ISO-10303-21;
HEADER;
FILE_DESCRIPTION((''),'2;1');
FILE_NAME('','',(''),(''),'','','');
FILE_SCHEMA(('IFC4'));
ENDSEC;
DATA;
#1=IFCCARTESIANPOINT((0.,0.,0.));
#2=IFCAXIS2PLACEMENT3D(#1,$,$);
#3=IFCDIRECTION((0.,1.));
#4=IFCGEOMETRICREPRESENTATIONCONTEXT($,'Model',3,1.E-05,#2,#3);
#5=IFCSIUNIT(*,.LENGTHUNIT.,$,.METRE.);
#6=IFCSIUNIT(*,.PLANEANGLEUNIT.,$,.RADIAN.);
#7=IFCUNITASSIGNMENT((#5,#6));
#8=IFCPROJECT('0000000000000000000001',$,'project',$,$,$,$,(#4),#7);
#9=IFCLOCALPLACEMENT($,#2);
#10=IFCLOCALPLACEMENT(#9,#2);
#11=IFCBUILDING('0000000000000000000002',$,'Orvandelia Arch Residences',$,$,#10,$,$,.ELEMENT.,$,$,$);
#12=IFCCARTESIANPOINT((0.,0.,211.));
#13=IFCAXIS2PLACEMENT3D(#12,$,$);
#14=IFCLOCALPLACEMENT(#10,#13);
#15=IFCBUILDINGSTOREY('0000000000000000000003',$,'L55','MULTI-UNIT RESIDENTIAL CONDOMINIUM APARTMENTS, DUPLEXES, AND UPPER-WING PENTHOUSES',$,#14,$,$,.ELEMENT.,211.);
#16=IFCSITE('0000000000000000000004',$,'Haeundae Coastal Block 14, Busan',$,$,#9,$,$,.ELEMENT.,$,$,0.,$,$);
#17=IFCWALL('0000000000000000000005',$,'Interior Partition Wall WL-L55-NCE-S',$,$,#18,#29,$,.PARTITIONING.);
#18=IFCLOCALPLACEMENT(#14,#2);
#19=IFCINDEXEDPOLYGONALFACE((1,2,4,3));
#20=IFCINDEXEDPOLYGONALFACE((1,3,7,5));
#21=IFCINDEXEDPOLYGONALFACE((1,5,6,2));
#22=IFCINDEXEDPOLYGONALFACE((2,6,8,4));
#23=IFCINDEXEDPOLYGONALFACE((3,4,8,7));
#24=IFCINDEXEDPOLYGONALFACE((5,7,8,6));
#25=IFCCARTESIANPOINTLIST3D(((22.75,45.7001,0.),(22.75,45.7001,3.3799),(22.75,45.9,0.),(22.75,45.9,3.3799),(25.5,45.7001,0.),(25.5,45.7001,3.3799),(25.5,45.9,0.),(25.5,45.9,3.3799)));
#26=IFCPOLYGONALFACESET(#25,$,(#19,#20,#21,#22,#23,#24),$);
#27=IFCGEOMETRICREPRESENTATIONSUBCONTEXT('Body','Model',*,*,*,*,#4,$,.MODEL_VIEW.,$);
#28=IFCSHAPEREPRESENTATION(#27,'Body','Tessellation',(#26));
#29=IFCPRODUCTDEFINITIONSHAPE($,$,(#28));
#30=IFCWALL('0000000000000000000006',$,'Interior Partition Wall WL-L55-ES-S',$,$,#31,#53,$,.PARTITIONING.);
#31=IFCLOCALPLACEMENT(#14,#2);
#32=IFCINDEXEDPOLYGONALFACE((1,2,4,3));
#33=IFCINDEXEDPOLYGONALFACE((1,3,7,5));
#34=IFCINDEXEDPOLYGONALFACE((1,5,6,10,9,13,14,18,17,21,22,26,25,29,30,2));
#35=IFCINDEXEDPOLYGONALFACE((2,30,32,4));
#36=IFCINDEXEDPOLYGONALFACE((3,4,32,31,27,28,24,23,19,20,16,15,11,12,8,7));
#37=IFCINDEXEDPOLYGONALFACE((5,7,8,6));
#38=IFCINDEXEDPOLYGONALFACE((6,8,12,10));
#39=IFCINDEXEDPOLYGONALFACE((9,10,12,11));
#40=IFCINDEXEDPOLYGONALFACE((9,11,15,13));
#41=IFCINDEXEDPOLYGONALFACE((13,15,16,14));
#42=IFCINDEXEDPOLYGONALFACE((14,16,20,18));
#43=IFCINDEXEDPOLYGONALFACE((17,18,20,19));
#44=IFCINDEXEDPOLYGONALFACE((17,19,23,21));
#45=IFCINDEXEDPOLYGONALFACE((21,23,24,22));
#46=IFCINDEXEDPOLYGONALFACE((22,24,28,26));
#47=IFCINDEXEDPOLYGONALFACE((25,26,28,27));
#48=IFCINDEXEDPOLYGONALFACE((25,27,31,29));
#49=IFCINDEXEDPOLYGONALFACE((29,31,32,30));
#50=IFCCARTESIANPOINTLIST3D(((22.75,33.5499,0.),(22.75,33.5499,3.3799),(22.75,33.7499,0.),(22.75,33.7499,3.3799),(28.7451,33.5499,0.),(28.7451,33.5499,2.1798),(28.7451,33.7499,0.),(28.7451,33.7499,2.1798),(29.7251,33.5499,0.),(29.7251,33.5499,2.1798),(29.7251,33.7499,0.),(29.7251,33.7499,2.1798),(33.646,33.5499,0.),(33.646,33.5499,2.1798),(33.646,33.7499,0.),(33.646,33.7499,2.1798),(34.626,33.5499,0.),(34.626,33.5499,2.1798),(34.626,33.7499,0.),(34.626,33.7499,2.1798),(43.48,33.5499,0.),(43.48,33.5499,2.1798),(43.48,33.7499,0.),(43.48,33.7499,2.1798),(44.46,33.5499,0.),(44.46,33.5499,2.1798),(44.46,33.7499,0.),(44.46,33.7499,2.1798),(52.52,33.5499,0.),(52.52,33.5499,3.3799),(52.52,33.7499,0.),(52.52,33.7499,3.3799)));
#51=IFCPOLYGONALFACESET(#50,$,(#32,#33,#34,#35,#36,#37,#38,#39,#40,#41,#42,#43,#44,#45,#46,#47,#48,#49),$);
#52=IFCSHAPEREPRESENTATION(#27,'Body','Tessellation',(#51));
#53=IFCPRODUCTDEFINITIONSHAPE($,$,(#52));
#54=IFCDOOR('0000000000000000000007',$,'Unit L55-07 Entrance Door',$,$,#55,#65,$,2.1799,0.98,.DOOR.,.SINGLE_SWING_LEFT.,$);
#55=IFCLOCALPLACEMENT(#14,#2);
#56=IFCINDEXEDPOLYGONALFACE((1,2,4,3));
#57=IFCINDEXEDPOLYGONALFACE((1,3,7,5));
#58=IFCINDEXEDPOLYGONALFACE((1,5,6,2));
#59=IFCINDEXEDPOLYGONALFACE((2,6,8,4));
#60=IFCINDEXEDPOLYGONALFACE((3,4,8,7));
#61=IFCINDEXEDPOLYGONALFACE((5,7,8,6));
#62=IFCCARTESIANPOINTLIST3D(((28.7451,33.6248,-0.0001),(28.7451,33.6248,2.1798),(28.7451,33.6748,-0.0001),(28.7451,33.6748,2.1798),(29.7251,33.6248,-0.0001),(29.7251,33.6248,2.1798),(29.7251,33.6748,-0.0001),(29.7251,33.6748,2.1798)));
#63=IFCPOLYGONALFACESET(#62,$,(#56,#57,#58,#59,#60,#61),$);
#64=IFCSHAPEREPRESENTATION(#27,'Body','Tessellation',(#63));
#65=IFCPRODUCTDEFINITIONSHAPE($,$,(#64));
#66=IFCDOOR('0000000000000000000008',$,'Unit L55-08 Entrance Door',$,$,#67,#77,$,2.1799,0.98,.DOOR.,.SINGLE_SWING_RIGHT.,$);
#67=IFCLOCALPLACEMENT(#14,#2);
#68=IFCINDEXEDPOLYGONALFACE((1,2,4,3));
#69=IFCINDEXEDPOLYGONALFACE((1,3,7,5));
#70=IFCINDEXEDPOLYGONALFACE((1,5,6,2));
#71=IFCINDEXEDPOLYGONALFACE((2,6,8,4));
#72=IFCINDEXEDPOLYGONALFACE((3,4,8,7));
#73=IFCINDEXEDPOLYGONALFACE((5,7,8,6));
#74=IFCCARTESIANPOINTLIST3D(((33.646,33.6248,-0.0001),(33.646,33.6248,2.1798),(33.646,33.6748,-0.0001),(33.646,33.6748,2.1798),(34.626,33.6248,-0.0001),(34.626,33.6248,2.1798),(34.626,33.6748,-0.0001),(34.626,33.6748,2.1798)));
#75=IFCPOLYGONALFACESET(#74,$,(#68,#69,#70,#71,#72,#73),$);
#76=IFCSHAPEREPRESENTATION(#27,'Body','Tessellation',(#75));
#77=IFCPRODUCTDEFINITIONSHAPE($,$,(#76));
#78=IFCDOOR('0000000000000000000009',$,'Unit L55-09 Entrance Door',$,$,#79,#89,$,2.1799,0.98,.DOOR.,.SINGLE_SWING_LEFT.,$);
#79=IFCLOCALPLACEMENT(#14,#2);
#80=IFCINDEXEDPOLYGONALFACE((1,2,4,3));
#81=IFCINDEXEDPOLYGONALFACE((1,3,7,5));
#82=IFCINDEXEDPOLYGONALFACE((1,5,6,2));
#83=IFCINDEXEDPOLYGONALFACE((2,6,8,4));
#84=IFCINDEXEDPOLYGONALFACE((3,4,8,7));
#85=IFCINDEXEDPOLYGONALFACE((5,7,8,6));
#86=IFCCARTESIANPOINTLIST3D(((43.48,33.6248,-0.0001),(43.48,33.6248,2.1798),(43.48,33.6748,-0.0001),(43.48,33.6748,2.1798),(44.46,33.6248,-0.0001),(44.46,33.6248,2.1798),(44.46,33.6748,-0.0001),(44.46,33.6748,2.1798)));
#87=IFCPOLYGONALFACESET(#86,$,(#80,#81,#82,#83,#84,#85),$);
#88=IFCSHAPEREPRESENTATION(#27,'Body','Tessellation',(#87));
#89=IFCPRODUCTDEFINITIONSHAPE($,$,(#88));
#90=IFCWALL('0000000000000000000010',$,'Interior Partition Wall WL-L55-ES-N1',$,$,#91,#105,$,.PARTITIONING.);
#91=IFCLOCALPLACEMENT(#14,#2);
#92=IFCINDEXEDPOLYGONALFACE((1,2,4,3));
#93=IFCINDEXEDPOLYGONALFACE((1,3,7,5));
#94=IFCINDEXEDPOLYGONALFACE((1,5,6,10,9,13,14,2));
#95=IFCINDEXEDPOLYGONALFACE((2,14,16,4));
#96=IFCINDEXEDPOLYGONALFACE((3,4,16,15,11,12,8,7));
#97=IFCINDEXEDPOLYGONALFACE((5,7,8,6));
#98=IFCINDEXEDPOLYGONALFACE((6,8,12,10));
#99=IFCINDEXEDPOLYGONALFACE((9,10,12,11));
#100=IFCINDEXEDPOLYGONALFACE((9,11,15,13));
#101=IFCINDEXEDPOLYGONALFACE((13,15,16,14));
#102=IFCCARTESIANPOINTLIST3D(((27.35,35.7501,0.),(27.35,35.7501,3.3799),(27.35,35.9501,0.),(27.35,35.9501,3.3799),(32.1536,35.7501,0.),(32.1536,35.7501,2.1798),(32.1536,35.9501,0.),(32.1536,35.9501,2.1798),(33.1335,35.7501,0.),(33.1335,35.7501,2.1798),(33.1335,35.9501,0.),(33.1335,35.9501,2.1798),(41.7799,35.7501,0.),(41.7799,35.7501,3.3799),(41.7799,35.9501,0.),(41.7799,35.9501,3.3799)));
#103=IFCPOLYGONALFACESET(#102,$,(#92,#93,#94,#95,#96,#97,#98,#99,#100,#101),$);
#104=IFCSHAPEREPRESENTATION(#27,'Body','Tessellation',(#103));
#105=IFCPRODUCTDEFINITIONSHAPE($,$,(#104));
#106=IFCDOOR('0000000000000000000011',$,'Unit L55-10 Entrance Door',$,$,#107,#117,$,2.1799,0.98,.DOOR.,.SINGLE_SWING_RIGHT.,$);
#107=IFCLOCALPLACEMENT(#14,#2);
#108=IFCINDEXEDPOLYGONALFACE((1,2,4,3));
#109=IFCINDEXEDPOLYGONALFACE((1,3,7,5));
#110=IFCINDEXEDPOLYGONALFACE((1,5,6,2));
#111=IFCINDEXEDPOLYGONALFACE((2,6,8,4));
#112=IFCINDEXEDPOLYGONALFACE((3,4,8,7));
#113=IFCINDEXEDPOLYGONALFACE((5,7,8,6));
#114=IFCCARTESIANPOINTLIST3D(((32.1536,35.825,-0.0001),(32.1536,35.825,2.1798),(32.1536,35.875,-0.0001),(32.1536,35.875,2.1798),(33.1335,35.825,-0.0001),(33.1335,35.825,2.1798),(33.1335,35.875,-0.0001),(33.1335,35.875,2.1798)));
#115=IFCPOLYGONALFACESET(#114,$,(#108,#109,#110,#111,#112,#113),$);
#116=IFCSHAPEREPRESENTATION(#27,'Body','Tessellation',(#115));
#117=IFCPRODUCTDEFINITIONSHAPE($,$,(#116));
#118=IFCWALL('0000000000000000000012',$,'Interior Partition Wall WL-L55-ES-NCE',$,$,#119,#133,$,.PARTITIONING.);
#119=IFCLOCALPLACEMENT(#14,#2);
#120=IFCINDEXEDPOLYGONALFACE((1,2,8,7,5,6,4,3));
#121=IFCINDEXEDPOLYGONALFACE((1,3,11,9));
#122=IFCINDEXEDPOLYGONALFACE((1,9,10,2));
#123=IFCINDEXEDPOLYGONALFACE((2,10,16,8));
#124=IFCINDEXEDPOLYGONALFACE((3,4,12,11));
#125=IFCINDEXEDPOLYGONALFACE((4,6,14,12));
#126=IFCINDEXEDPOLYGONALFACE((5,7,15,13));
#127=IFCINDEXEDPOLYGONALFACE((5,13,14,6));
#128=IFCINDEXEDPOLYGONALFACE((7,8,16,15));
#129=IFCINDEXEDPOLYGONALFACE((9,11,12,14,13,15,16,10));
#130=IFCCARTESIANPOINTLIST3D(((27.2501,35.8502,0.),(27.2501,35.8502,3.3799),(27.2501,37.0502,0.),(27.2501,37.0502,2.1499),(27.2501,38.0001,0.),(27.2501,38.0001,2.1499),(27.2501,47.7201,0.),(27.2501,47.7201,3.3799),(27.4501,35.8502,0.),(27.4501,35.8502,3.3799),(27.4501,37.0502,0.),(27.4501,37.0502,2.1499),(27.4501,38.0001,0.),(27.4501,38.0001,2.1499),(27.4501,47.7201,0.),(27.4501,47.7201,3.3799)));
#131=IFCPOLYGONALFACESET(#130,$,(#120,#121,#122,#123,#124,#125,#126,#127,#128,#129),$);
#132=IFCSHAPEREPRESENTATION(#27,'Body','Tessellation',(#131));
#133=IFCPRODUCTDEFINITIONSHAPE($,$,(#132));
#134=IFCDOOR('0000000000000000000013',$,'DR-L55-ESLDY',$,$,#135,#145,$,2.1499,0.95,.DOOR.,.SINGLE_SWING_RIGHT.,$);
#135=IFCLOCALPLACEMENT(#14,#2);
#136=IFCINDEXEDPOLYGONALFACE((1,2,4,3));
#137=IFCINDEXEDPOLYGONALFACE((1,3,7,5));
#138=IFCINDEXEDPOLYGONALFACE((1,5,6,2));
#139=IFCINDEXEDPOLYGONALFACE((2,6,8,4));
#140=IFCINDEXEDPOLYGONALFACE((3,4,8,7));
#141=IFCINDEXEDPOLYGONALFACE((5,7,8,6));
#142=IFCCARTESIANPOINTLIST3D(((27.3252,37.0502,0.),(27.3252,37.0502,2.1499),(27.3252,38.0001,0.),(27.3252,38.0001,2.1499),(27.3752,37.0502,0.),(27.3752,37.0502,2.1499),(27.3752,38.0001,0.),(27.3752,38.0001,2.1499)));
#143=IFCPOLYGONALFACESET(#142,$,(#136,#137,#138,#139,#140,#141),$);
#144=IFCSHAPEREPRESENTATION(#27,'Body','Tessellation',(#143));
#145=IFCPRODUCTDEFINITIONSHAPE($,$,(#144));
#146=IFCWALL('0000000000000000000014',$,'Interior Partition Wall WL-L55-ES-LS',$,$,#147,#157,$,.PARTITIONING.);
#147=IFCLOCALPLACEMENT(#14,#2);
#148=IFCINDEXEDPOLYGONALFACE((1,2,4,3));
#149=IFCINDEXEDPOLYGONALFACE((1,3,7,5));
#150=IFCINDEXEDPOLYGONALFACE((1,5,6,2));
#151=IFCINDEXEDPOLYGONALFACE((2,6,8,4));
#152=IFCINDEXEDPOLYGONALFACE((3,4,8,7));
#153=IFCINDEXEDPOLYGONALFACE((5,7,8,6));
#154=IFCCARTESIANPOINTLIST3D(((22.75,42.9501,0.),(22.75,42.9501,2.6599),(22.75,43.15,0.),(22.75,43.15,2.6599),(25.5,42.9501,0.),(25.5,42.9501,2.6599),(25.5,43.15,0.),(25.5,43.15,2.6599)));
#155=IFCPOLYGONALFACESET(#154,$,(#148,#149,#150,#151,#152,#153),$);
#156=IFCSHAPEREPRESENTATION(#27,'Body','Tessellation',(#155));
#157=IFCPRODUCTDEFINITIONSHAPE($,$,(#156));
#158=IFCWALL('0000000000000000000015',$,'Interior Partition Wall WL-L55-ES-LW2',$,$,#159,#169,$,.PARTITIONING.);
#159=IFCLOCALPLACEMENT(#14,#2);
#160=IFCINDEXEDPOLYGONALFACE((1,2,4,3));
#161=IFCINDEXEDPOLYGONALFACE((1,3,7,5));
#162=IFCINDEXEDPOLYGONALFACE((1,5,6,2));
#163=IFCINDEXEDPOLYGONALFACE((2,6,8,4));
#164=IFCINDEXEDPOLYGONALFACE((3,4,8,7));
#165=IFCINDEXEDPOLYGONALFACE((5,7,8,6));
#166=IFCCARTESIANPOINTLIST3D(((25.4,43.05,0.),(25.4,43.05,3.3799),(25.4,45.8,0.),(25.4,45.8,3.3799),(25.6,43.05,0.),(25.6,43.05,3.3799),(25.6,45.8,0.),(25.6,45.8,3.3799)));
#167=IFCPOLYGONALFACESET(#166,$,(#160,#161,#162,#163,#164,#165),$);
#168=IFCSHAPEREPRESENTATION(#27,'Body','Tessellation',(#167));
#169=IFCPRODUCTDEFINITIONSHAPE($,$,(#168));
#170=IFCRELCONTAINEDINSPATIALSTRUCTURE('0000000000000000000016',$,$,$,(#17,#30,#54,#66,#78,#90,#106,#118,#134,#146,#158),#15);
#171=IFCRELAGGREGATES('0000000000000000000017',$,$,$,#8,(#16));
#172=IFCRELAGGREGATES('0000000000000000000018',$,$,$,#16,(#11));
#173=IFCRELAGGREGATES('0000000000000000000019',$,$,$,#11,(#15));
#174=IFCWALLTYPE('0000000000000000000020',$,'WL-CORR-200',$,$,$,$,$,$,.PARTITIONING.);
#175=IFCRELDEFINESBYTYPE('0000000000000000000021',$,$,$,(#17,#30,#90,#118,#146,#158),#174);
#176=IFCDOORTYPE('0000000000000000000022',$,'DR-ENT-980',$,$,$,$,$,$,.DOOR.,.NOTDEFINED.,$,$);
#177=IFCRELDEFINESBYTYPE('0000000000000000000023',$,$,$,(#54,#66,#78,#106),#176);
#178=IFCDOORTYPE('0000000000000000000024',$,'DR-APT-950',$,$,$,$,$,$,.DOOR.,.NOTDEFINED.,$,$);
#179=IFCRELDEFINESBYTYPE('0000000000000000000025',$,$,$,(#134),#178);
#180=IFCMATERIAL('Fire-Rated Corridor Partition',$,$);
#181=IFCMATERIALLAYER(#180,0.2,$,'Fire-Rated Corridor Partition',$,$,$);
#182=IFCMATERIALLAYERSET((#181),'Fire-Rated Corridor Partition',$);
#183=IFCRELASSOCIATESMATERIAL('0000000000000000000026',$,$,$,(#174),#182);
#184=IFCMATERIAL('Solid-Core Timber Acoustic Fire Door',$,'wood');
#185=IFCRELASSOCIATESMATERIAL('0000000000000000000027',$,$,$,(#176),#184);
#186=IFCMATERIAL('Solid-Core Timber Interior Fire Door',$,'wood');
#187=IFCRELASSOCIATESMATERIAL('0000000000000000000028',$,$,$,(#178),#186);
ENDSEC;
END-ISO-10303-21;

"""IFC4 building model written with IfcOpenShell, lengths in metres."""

from ifc_helpers import new_model, si_unit, direction, frame, frame_2d, origin, place, context, subcontext, project, spatial, rectangle, extrude, material, layer, layer_set, type_object, element, fill, save


model = new_model("IFC4")

# Units and contexts
model_context = context("Model", 3, precision=1e-05, world=origin(), true_north=direction((0.0, 1.0)))
body_context = subcontext(model_context, "Body", "Model", "MODEL_VIEW")
ifc_project = project(units=[si_unit("LENGTHUNIT", "METRE"), si_unit("PLANEANGLEUNIT", "RADIAN")], contexts=[model_context])

# Site, building, storey
site_placement = place(None, origin())
site = spatial("IfcSite", under=ifc_project, at=site_placement, Name="Haeundae Coastal Block 14, Busan", CompositionType="ELEMENT", RefElevation=0.0)
building_placement = place(site_placement, origin())
building = spatial("IfcBuilding", under=site, at=building_placement, Name="Orvandelia Arch Residences", CompositionType="ELEMENT")
storey_placement = place(building_placement, frame((0.0, 0.0, 211.0)))
storey = spatial("IfcBuildingStorey", under=building, at=storey_placement, Name="L55", Description="MULTI-UNIT RESIDENTIAL CONDOMINIUM APARTMENTS, DUPLEXES, AND UPPER-WING PENTHOUSES", CompositionType="ELEMENT", Elevation=211.0)

# Wall
ifc_material_1 = material(Name="Fire-Rated Corridor Partition")
ifc_layer_1 = layer(ifc_material_1, 0.2, Name="Fire-Rated Corridor Partition")
ifc_layer_set_1 = layer_set([ifc_layer_1], Name="Fire-Rated Corridor Partition")
wall_type_1 = type_object("IfcWallType", Name="WL-CORR-200", PredefinedType="PARTITIONING", material=ifc_layer_set_1)
wall_1_placement = place(storey_placement, frame((22.75, 45.8, 0.0), z_axis=(0.0, 0.0, 1.0), x_axis=(1.0, 0.0, 0.0)))
element("IfcWall", 1, at=wall_1_placement, inside=storey, type_object=wall_type_1, Name="Interior Partition Wall WL-L55-NCE-S", PredefinedType="PARTITIONING", context=body_context, shape_type="SweptSolid", body=[
    extrude(rectangle(XDim=2.75, YDim=0.2, at=frame_2d((1.375, 0.0))), origin(), (0.0, 0.0, 1.0), 3.3799),
])

# Wall, openings, doors
wall_2_placement = place(storey_placement, frame((22.75, 33.6499, 0.0), z_axis=(0.0, 0.0, 1.0), x_axis=(1.0, 0.0, 0.0)))
wall_2 = element("IfcWall", 2, at=wall_2_placement, inside=storey, type_object=wall_type_1, Name="Interior Partition Wall WL-L55-ES-S", PredefinedType="PARTITIONING", context=body_context, shape_type="SweptSolid", body=[
    extrude(rectangle(XDim=29.77, YDim=0.2, at=frame_2d((14.885, 0.0))), origin(), (0.0, 0.0, 1.0), 3.3799),
])
opening_1_placement = place(wall_2_placement, frame((5.9951, 0.0, 0.0)))
opening_1 = element("IfcOpeningElement", 3, at=opening_1_placement, cuts=wall_2, PredefinedType="OPENING", context=body_context, shape_type="SweptSolid", body=[
    extrude(rectangle(XDim=0.98, YDim=2.1799, at=frame_2d((0.49, 1.0898))), frame((0.0, 0.1099, 0.0), z_axis=(0.0, -1.0, 0.0), x_axis=(1.0, 0.0, 0.0)), (0.0, 0.0, 1.0), 0.22),
])
opening_2_placement = place(wall_2_placement, frame((10.896, 0.0, 0.0)))
opening_2 = element("IfcOpeningElement", 4, at=opening_2_placement, cuts=wall_2, PredefinedType="OPENING", context=body_context, shape_type="SweptSolid", body=[
    extrude(rectangle(XDim=0.98, YDim=2.1799, at=frame_2d((0.49, 1.0898))), frame((0.0, 0.1099, 0.0), z_axis=(0.0, -1.0, 0.0), x_axis=(1.0, 0.0, 0.0)), (0.0, 0.0, 1.0), 0.22),
])
opening_3_placement = place(wall_2_placement, frame((20.73, 0.0, 0.0)))
opening_3 = element("IfcOpeningElement", 5, at=opening_3_placement, cuts=wall_2, PredefinedType="OPENING", context=body_context, shape_type="SweptSolid", body=[
    extrude(rectangle(XDim=0.98, YDim=2.1799, at=frame_2d((0.49, 1.0898))), frame((0.0, 0.1099, 0.0), z_axis=(0.0, -1.0, 0.0), x_axis=(1.0, 0.0, 0.0)), (0.0, 0.0, 1.0), 0.22),
])
ifc_material_2 = material(Name="Solid-Core Timber Acoustic Fire Door", Category="wood")
door_type_1 = type_object("IfcDoorType", Name="DR-ENT-980", OperationType="NOTDEFINED", PredefinedType="DOOR", material=ifc_material_2)
door_1_placement = place(opening_1_placement, origin())
door_1 = element("IfcDoor", 6, at=door_1_placement, inside=storey, type_object=door_type_1, Name="Unit L55-07 Entrance Door", OperationType="SINGLE_SWING_LEFT", OverallHeight=2.1799, OverallWidth=0.98, PredefinedType="DOOR", context=body_context, shape_type="SweptSolid", body=[
    extrude(rectangle(XDim=0.98, YDim=2.1799, at=frame_2d((0.49, 1.0898))), frame((0.0, 0.0249, 0.0), z_axis=(0.0, -1.0, 0.0), x_axis=(1.0, 0.0, 0.0)), (0.0, 0.0, 1.0), 0.05),
])
fill(opening_1, door_1)
door_2_placement = place(opening_2_placement, origin())
door_2 = element("IfcDoor", 7, at=door_2_placement, inside=storey, type_object=door_type_1, Name="Unit L55-08 Entrance Door", OperationType="SINGLE_SWING_RIGHT", OverallHeight=2.1799, OverallWidth=0.98, PredefinedType="DOOR", context=body_context, shape_type="SweptSolid", body=[
    extrude(rectangle(XDim=0.98, YDim=2.1799, at=frame_2d((0.49, 1.0898))), frame((0.0, 0.0249, 0.0), z_axis=(0.0, -1.0, 0.0), x_axis=(1.0, 0.0, 0.0)), (0.0, 0.0, 1.0), 0.05),
])
fill(opening_2, door_2)
door_3_placement = place(opening_3_placement, origin())
door_3 = element("IfcDoor", 8, at=door_3_placement, inside=storey, type_object=door_type_1, Name="Unit L55-09 Entrance Door", OperationType="SINGLE_SWING_LEFT", OverallHeight=2.1799, OverallWidth=0.98, PredefinedType="DOOR", context=body_context, shape_type="SweptSolid", body=[
    extrude(rectangle(XDim=0.98, YDim=2.1799, at=frame_2d((0.49, 1.0898))), frame((0.0, 0.0249, 0.0), z_axis=(0.0, -1.0, 0.0), x_axis=(1.0, 0.0, 0.0)), (0.0, 0.0, 1.0), 0.05),
])
fill(opening_3, door_3)

# Walls, openings, doors
wall_3_placement = place(storey_placement, frame((27.3501, 35.8501, 0.0), z_axis=(0.0, 0.0, 1.0), x_axis=(1.0, 0.0, 0.0)))
wall_3 = element("IfcWall", 9, at=wall_3_placement, inside=storey, type_object=wall_type_1, Name="Interior Partition Wall WL-L55-ES-N1", PredefinedType="PARTITIONING", context=body_context, shape_type="SweptSolid", body=[
    extrude(rectangle(XDim=14.4299, YDim=0.2, at=frame_2d((7.2148, 0.0))), origin(), (0.0, 0.0, 1.0), 3.3799),
])
opening_4_placement = place(wall_3_placement, frame((4.8035, 0.0, 0.0)))
opening_4 = element("IfcOpeningElement", 10, at=opening_4_placement, cuts=wall_3, PredefinedType="OPENING", context=body_context, shape_type="SweptSolid", body=[
    extrude(rectangle(XDim=0.98, YDim=2.1799, at=frame_2d((0.49, 1.0898))), frame((0.0, 0.1099, 0.0), z_axis=(0.0, -1.0, 0.0), x_axis=(1.0, 0.0, 0.0)), (0.0, 0.0, 1.0), 0.22),
])
door_4_placement = place(opening_4_placement, origin())
door_4 = element("IfcDoor", 11, at=door_4_placement, inside=storey, type_object=door_type_1, Name="Unit L55-10 Entrance Door", OperationType="SINGLE_SWING_RIGHT", OverallHeight=2.1799, OverallWidth=0.98, PredefinedType="DOOR", context=body_context, shape_type="SweptSolid", body=[
    extrude(rectangle(XDim=0.98, YDim=2.1799, at=frame_2d((0.49, 1.0898))), frame((0.0, 0.0249, 0.0), z_axis=(0.0, -1.0, 0.0), x_axis=(1.0, 0.0, 0.0)), (0.0, 0.0, 1.0), 0.05),
])
fill(opening_4, door_4)
wall_4_placement = place(storey_placement, frame((27.3501, 35.8501, 0.0), z_axis=(0.0, 0.0, 1.0), x_axis=(0.0, 1.0, 0.0)))
wall_4 = element("IfcWall", 12, at=wall_4_placement, inside=storey, type_object=wall_type_1, Name="Interior Partition Wall WL-L55-ES-NCE", PredefinedType="PARTITIONING", context=body_context, shape_type="SweptSolid", body=[
    extrude(rectangle(XDim=11.8699, YDim=0.2, at=frame_2d((5.9351, 0.0))), origin(), (0.0, 0.0, 1.0), 3.3799),
])
opening_5_placement = place(wall_4_placement, frame((1.2, 0.0, 0.0)))
opening_5 = element("IfcOpeningElement", 13, at=opening_5_placement, cuts=wall_4, PredefinedType="OPENING", context=body_context, shape_type="SweptSolid", body=[
    extrude(rectangle(XDim=0.95, YDim=2.1499, at=frame_2d((0.4751, 1.075))), frame((0.0, 0.1099, 0.0), z_axis=(0.0, -1.0, 0.0), x_axis=(1.0, 0.0, 0.0)), (0.0, 0.0, 1.0), 0.22),
])
ifc_material_3 = material(Name="Solid-Core Timber Interior Fire Door", Category="wood")
door_type_2 = type_object("IfcDoorType", Name="DR-APT-950", OperationType="NOTDEFINED", PredefinedType="DOOR", material=ifc_material_3)
door_5_placement = place(opening_5_placement, origin())
door_5 = element("IfcDoor", 14, at=door_5_placement, inside=storey, type_object=door_type_2, Name="DR-L55-ESLDY", OperationType="SINGLE_SWING_RIGHT", OverallHeight=2.1499, OverallWidth=0.95, PredefinedType="DOOR", context=body_context, shape_type="SweptSolid", body=[
    extrude(rectangle(XDim=0.95, YDim=2.1499, at=frame_2d((0.4751, 1.075))), frame((0.0, 0.0249, 0.0), z_axis=(0.0, -1.0, 0.0), x_axis=(1.0, 0.0, 0.0)), (0.0, 0.0, 1.0), 0.05),
])
fill(opening_5, door_5)

# Walls
wall_5_placement = place(storey_placement, frame((22.75, 43.05, 0.0), z_axis=(0.0, 0.0, 1.0), x_axis=(1.0, 0.0, 0.0)))
element("IfcWall", 15, at=wall_5_placement, inside=storey, type_object=wall_type_1, Name="Interior Partition Wall WL-L55-ES-LS", PredefinedType="PARTITIONING", context=body_context, shape_type="SweptSolid", body=[
    extrude(rectangle(XDim=2.75, YDim=0.2, at=frame_2d((1.375, 0.0))), origin(), (0.0, 0.0, 1.0), 2.6599),
])
wall_6_placement = place(storey_placement, frame((25.5, 43.05, 0.0), z_axis=(0.0, 0.0, 1.0), x_axis=(0.0, 1.0, 0.0)))
element("IfcWall", 16, at=wall_6_placement, inside=storey, type_object=wall_type_1, Name="Interior Partition Wall WL-L55-ES-LW2", PredefinedType="PARTITIONING", context=body_context, shape_type="SweptSolid", body=[
    extrude(rectangle(XDim=2.75, YDim=0.2, at=frame_2d((1.375, 0.0))), origin(), (0.0, 0.0, 1.0), 3.3799),
])

save(model, "model.ifc")
